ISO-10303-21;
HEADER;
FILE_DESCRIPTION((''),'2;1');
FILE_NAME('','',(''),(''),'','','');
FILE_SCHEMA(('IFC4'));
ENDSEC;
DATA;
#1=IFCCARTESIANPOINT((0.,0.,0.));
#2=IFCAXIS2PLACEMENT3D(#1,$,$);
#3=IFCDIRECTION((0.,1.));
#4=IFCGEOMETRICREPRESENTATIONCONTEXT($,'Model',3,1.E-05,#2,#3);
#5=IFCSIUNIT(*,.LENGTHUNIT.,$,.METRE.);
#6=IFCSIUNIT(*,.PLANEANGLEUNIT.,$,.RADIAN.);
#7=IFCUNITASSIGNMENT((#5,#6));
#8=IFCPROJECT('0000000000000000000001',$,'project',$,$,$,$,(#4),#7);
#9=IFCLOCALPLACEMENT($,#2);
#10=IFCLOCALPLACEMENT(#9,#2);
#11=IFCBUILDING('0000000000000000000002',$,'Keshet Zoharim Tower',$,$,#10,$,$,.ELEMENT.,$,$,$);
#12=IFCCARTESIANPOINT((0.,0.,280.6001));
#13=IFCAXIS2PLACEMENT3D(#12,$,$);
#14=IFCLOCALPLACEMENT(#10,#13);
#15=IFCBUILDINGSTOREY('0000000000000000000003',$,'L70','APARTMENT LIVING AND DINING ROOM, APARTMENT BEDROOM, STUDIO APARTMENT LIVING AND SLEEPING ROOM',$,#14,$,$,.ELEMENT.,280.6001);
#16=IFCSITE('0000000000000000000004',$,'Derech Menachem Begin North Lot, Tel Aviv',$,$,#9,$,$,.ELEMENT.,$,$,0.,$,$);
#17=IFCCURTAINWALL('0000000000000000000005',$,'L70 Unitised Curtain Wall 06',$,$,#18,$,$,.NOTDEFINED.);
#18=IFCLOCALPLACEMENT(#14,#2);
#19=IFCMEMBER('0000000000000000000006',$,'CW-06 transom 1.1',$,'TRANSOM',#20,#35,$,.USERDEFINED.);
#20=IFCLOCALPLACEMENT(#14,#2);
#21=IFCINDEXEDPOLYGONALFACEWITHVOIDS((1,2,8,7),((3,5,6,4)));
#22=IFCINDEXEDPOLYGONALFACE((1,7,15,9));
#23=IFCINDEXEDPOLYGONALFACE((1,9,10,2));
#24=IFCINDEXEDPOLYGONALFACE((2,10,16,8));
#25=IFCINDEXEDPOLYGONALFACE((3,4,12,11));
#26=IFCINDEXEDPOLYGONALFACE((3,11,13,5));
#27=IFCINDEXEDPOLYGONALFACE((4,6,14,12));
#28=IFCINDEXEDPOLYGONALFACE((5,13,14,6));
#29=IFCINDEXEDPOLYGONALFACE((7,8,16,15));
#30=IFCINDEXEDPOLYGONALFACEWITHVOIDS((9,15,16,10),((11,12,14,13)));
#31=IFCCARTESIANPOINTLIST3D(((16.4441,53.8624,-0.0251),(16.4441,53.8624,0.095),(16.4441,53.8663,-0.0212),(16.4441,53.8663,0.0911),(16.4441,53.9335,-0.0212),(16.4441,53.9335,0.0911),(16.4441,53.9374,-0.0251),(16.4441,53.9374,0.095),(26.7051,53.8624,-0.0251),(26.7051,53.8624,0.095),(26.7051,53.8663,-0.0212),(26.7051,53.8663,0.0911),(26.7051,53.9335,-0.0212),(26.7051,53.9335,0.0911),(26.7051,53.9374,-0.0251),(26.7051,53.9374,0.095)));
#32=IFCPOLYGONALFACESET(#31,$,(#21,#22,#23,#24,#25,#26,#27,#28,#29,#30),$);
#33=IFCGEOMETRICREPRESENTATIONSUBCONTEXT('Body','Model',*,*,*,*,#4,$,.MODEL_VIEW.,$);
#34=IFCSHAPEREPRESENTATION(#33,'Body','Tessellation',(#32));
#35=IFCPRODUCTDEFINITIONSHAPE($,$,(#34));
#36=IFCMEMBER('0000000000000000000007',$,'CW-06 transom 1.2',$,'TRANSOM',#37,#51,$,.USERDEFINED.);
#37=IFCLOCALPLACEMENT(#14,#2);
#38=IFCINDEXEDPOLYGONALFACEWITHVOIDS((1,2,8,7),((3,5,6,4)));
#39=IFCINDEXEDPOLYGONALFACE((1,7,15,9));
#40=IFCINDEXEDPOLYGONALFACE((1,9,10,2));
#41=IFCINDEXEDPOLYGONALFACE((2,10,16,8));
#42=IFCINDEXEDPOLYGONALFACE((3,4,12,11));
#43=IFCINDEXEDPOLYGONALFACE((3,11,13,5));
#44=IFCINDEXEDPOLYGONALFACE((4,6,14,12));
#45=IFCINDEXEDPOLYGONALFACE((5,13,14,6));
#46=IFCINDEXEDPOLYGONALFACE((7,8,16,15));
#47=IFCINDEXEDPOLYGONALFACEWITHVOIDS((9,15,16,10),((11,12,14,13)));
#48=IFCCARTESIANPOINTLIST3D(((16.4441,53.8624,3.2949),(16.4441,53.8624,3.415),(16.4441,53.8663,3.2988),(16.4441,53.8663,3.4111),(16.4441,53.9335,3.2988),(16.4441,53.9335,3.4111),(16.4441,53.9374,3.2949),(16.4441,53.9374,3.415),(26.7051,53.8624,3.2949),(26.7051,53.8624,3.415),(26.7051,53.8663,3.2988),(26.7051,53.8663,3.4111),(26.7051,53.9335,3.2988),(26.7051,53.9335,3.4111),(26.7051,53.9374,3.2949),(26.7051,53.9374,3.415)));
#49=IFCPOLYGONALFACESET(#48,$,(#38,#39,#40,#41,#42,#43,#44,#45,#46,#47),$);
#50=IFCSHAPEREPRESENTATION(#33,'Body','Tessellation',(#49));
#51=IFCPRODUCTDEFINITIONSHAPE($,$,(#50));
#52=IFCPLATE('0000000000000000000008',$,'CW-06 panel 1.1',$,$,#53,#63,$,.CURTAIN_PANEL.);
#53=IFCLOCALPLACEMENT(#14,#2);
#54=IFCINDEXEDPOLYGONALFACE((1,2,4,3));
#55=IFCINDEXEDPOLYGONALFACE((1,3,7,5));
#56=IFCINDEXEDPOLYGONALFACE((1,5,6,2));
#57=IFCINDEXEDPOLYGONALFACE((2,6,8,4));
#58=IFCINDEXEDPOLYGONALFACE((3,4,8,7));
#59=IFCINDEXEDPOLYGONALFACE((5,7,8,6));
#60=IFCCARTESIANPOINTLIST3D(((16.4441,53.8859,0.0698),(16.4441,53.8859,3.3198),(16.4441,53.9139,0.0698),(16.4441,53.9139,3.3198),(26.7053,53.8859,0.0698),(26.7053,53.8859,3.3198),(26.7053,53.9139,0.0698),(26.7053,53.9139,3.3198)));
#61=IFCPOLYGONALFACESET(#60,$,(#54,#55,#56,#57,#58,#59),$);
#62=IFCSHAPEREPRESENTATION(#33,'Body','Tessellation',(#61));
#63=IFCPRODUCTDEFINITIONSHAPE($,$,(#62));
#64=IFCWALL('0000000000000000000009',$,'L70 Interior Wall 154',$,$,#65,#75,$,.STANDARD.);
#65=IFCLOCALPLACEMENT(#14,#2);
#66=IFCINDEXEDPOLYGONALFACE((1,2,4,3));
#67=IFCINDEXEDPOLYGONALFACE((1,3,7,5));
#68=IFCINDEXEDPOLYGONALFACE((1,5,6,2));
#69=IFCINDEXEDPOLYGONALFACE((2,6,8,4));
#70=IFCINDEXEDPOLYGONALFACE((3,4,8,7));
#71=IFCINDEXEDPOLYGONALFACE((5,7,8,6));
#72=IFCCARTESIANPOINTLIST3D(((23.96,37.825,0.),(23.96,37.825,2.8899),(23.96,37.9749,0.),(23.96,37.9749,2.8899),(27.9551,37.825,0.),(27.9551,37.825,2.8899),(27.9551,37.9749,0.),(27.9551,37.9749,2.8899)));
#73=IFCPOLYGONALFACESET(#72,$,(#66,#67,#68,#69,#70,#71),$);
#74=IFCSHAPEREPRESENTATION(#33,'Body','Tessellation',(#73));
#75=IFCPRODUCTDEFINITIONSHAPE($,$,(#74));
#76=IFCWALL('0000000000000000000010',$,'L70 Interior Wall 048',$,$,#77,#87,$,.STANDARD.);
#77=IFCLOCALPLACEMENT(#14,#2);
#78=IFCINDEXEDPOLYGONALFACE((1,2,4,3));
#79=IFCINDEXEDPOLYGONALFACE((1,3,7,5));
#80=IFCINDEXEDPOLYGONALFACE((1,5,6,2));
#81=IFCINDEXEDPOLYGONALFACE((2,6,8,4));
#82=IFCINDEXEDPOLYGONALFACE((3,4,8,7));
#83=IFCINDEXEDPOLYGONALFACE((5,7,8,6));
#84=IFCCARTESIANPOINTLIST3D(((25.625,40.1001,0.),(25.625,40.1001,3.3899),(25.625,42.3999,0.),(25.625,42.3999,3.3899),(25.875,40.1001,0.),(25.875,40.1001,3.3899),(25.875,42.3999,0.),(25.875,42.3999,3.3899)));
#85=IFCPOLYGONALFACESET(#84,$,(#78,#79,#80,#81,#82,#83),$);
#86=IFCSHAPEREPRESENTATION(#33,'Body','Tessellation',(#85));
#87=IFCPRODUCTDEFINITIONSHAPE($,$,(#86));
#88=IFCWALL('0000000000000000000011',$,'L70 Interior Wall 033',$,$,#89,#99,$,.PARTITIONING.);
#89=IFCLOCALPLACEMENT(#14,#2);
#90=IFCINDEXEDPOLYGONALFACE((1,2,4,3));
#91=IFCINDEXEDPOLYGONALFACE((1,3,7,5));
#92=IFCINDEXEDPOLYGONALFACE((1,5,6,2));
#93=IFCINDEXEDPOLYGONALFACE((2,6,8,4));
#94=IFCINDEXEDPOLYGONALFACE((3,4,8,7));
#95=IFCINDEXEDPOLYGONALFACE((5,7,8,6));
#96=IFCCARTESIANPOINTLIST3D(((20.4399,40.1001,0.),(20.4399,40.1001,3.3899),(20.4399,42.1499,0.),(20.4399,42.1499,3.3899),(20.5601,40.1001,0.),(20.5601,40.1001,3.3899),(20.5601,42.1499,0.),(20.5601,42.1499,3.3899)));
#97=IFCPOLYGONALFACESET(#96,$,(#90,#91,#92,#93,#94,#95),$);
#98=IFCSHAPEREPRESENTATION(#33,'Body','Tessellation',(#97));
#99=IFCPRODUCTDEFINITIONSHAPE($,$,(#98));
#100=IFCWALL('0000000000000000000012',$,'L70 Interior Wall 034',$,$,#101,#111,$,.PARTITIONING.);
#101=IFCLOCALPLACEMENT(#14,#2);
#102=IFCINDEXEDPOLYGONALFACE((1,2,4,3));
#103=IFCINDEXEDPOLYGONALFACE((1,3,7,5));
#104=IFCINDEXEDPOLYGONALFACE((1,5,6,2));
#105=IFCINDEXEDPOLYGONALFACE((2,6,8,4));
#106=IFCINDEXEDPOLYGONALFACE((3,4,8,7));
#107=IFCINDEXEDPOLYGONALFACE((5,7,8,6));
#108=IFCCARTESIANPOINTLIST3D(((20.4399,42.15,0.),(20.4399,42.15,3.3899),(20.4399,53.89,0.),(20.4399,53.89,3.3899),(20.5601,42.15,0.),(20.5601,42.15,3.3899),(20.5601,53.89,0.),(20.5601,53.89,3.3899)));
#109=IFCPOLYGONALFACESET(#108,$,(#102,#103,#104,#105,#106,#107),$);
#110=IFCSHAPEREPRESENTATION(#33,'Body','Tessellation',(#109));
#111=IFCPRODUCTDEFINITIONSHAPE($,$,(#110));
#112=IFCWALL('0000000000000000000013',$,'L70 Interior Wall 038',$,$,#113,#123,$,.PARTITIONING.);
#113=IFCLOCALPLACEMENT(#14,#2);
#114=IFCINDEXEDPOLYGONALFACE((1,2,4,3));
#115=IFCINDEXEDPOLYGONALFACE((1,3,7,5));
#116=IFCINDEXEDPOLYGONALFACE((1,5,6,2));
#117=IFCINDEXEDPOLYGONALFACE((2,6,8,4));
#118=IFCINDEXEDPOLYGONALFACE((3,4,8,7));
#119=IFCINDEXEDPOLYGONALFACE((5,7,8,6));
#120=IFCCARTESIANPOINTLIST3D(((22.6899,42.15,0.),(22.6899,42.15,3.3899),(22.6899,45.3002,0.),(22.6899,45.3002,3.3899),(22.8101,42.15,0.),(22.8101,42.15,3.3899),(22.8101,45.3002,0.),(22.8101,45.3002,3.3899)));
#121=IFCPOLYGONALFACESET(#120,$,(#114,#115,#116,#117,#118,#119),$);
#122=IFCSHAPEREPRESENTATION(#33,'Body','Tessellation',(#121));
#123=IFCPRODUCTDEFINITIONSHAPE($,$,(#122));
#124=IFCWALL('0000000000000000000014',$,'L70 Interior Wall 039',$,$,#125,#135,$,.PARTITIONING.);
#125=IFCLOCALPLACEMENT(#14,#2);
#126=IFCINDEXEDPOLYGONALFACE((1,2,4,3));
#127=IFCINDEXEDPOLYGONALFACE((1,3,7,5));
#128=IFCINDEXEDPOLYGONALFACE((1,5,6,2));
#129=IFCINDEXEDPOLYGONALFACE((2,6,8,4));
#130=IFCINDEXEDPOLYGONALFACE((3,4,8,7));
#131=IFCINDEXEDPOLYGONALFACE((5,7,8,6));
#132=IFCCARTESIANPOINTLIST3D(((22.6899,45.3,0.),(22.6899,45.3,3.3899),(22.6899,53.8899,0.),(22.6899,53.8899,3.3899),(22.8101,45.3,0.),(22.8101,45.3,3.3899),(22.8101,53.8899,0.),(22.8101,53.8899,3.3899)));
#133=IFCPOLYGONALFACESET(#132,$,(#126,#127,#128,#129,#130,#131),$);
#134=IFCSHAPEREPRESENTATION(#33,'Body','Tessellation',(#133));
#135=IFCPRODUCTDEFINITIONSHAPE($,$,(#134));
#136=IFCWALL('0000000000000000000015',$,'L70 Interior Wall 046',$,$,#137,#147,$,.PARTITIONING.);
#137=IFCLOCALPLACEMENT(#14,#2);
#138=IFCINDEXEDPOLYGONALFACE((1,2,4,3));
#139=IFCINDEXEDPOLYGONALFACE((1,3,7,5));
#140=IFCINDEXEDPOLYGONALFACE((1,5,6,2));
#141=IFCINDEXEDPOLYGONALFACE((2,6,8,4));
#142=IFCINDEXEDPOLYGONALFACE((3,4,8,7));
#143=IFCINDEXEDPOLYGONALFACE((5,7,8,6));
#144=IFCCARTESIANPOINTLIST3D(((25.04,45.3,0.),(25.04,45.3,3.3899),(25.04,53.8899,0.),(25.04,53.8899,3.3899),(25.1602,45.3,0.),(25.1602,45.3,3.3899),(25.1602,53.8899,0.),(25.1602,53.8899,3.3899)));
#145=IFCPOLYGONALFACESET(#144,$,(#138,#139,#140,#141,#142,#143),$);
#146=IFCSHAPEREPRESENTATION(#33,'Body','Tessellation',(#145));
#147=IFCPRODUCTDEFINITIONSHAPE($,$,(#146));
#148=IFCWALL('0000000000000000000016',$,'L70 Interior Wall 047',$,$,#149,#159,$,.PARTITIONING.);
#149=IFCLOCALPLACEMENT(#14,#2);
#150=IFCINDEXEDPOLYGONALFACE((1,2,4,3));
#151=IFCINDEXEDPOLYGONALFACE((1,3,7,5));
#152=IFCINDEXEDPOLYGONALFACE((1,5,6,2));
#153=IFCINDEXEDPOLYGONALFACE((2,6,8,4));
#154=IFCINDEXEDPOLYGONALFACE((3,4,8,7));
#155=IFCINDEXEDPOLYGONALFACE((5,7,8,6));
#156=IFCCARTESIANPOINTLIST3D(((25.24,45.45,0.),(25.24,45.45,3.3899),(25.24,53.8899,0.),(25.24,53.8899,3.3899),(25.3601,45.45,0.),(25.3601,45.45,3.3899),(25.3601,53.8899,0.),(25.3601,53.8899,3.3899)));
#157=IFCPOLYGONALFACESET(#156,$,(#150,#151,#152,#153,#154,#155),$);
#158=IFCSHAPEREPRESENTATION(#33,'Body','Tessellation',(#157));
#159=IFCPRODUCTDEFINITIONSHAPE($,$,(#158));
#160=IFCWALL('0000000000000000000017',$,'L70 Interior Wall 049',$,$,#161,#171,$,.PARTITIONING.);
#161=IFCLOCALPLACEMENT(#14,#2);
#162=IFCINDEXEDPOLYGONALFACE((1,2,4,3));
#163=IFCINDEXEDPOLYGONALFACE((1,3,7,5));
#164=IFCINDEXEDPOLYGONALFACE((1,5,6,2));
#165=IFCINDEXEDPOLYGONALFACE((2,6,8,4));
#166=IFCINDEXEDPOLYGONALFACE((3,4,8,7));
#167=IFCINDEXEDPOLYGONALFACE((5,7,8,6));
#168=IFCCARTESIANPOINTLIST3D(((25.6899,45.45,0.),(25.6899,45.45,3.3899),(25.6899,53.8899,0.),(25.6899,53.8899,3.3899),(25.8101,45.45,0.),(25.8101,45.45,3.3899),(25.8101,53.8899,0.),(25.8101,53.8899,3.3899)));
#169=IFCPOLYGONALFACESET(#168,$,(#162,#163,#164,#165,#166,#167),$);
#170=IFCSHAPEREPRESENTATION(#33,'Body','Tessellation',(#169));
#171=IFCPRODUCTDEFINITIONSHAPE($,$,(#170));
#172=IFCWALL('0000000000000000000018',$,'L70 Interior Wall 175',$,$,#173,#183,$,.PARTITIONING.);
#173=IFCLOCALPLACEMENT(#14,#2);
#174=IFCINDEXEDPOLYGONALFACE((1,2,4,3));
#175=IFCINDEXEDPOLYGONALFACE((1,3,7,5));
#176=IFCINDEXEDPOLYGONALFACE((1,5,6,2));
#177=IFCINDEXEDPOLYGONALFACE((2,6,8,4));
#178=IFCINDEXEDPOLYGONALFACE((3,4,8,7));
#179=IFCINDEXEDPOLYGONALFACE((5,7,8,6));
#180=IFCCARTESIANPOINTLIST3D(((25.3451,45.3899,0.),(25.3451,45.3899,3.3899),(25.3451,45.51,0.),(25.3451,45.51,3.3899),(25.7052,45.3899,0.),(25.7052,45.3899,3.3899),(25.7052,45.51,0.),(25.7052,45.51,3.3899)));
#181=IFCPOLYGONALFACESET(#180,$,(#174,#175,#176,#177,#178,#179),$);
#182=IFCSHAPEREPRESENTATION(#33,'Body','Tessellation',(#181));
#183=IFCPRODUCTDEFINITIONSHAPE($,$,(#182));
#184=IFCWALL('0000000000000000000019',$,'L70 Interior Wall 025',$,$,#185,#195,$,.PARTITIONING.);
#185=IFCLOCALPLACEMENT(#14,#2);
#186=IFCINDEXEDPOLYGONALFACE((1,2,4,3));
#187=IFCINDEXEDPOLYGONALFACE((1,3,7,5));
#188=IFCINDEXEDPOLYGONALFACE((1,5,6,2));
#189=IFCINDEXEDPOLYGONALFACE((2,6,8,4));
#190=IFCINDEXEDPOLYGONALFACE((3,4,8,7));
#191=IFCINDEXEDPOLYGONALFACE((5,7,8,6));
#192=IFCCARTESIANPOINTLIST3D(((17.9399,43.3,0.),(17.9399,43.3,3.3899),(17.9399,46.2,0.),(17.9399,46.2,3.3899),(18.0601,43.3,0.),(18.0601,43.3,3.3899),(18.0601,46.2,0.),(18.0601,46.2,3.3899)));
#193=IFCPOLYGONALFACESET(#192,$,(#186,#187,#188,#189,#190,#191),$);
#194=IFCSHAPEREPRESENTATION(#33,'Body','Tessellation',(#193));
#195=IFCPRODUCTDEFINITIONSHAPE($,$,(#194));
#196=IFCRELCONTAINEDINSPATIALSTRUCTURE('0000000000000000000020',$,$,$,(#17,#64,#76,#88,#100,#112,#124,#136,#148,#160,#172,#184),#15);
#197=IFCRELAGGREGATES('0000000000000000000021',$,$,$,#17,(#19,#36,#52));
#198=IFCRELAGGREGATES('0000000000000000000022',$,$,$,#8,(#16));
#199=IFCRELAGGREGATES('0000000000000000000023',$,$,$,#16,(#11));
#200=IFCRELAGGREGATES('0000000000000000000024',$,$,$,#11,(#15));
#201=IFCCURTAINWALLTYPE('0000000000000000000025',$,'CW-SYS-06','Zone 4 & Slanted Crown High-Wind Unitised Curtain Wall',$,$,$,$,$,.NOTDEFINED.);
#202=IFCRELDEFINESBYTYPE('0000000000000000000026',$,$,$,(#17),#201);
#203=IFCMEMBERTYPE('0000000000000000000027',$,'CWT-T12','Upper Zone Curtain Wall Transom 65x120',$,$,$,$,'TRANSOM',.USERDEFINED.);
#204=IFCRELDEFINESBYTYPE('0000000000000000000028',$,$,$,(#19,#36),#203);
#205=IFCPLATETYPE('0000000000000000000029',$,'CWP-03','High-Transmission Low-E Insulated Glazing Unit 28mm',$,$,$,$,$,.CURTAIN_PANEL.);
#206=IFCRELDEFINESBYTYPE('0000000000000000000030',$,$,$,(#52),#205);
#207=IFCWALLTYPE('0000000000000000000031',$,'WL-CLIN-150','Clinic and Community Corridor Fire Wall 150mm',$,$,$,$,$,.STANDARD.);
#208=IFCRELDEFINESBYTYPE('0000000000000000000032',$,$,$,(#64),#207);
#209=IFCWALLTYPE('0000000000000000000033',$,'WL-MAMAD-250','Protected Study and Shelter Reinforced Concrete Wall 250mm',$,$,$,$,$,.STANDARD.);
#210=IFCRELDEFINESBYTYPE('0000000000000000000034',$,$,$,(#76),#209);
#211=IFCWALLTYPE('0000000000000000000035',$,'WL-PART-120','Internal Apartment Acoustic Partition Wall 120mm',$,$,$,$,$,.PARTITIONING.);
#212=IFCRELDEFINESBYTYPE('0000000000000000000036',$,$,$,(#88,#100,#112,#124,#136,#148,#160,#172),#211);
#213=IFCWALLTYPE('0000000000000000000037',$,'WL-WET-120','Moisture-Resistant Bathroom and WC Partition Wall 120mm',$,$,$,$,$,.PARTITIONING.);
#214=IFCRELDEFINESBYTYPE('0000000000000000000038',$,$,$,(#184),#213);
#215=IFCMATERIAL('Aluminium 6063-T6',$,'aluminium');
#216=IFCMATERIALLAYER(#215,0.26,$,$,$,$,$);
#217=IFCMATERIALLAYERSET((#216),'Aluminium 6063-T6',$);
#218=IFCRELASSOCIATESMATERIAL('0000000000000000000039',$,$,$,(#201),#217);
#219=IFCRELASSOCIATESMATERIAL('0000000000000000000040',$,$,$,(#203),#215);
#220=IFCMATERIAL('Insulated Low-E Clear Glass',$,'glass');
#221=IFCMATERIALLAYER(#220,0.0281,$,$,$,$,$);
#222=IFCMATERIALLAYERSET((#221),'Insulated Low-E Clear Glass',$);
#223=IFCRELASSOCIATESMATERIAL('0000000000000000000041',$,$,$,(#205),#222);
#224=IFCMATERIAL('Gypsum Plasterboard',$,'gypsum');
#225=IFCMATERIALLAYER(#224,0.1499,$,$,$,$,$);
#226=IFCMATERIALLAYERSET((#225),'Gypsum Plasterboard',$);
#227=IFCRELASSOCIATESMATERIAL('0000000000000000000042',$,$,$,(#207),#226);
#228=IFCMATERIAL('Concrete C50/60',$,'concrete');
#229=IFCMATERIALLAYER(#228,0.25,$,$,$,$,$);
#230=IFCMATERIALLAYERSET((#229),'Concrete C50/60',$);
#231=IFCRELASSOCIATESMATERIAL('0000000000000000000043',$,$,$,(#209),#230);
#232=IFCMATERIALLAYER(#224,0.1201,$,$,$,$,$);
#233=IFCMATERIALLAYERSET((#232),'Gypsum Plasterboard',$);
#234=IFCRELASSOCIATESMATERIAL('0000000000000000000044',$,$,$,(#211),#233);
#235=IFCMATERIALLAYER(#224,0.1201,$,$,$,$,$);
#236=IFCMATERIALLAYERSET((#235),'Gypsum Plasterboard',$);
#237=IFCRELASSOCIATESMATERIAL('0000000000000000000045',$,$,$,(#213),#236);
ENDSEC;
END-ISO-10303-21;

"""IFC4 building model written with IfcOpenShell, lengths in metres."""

from ifc_helpers import new_model, si_unit, direction, frame, frame_2d, origin, origin_2d, place, context, subcontext, project, spatial, rectangle, hollow_rectangle, extrude, material, layer, layer_set, material_profile, profile_set, type_object, element, aggregate, save


model = new_model("IFC4")

# Units and contexts
model_context = context("Model", 3, precision=1e-05, world=origin(), true_north=direction((0.0, 1.0)))
body_context = subcontext(model_context, "Body", "Model", "MODEL_VIEW")
ifc_project = project(units=[si_unit("LENGTHUNIT", "METRE"), si_unit("PLANEANGLEUNIT", "RADIAN")], contexts=[model_context])

# Site, building, storey
site_placement = place(None, origin())
site = spatial("IfcSite", under=ifc_project, at=site_placement, Name="Derech Menachem Begin North Lot, Tel Aviv", CompositionType="ELEMENT", RefElevation=0.0)
building_placement = place(site_placement, origin())
building = spatial("IfcBuilding", under=site, at=building_placement, Name="Keshet Zoharim Tower", CompositionType="ELEMENT")
storey_placement = place(building_placement, frame((0.0, 0.0, 280.6001)))
storey = spatial("IfcBuildingStorey", under=building, at=storey_placement, Name="L70", Description="APARTMENT LIVING AND DINING ROOM, APARTMENT BEDROOM, STUDIO APARTMENT LIVING AND SLEEPING ROOM", CompositionType="ELEMENT", Elevation=280.6001)

# Shared definitions
ifc_material_1 = material(Name="Aluminium 6063-T6", Category="aluminium")
ifc_layer_1 = layer(ifc_material_1, 0.26)
ifc_layer_set_1 = layer_set([ifc_layer_1], Name="Aluminium 6063-T6")
curtain_wall_type = type_object("IfcCurtainWallType", Name="CW-SYS-06", Description="Zone 4 & Slanted Crown High-Wind Unitised Curtain Wall", PredefinedType="NOTDEFINED", material=ifc_layer_set_1)

# Curtain wall, members, plate
curtain_wall_1_placement = place(storey_placement, origin())
curtain_wall_1 = element("IfcCurtainWall", 1, at=curtain_wall_1_placement, inside=storey, type_object=curtain_wall_type, Name="L70 Unitised Curtain Wall 06", PredefinedType="NOTDEFINED")
ifc_material_profile_1 = material_profile(ifc_material_1, hollow_rectangle(XDim=0.075, YDim=0.1201, WallThickness=0.0039, at=origin_2d()), Name="TRN-75x120")
ifc_profile_set_1 = profile_set([ifc_material_profile_1], Name="Aluminium 6063-T6")
member_type_1 = type_object("IfcMemberType", Name="CWT-T12", Description="Upper Zone Curtain Wall Transom 65x120", ElementType="TRANSOM", PredefinedType="USERDEFINED", material=ifc_profile_set_1)
member_1_placement = place(storey_placement, frame((16.4441, 53.8999, 0.0349), z_axis=(1.0, 0.0, 0.0), x_axis=(0.0, 1.0, 0.0)))
member_1 = element("IfcMember", 2, at=member_1_placement, type_object=member_type_1, Name="CW-06 transom 1.1", ObjectType="TRANSOM", PredefinedType="USERDEFINED", context=body_context, shape_type="SweptSolid", body=[
    extrude(hollow_rectangle(XDim=0.075, YDim=0.1201, WallThickness=0.0039, at=origin_2d()), origin(), (0.0, 0.0, 1.0), 10.261),
])
member_2_placement = place(storey_placement, frame((16.4441, 53.8999, 3.355), z_axis=(1.0, 0.0, 0.0), x_axis=(0.0, 1.0, 0.0)))
member_2 = element("IfcMember", 3, at=member_2_placement, type_object=member_type_1, Name="CW-06 transom 1.2", ObjectType="TRANSOM", PredefinedType="USERDEFINED", context=body_context, shape_type="SweptSolid", body=[
    extrude(hollow_rectangle(XDim=0.075, YDim=0.1201, WallThickness=0.0039, at=origin_2d()), origin(), (0.0, 0.0, 1.0), 10.261),
])
ifc_material_2 = material(Name="Insulated Low-E Clear Glass", Category="glass")
ifc_layer_2 = layer(ifc_material_2, 0.0281)
ifc_layer_set_2 = layer_set([ifc_layer_2], Name="Insulated Low-E Clear Glass")
plate_type = type_object("IfcPlateType", Name="CWP-03", Description="High-Transmission Low-E Insulated Glazing Unit 28mm", PredefinedType="CURTAIN_PANEL", material=ifc_layer_set_2)
plate_placement = place(storey_placement, frame((21.5747, 53.8999, 0.0698), z_axis=(0.0, 0.0, 1.0), x_axis=(1.0, 0.0, 0.0)))
plate = element("IfcPlate", 4, at=plate_placement, type_object=plate_type, Name="CW-06 panel 1.1", PredefinedType="CURTAIN_PANEL", context=body_context, shape_type="SweptSolid", body=[
    extrude(rectangle(XDim=10.2612, YDim=0.0281, at=origin_2d()), origin(), (0.0, 0.0, 1.0), 3.25),
])
aggregate(curtain_wall_1, [member_1, member_2, plate])

# Wall
ifc_material_3 = material(Name="Gypsum Plasterboard", Category="gypsum")
ifc_layer_3 = layer(ifc_material_3, 0.1499)
ifc_layer_set_3 = layer_set([ifc_layer_3], Name="Gypsum Plasterboard")
wall_type_1 = type_object("IfcWallType", Name="WL-CLIN-150", Description="Clinic and Community Corridor Fire Wall 150mm", PredefinedType="STANDARD", material=ifc_layer_set_3)
wall_1_placement = place(storey_placement, frame((23.96, 37.8999, 0.0), z_axis=(0.0, 0.0, 1.0), x_axis=(1.0, 0.0, 0.0)))
element("IfcWall", 5, at=wall_1_placement, inside=storey, type_object=wall_type_1, Name="L70 Interior Wall 154", PredefinedType="STANDARD", context=body_context, shape_type="SweptSolid", body=[
    extrude(rectangle(XDim=3.9951, YDim=0.1499, at=frame_2d((1.9976, 0.0))), origin(), (0.0, 0.0, 1.0), 2.8899),
])

# Wall
ifc_material_4 = material(Name="Concrete C50/60", Category="concrete")
ifc_layer_4 = layer(ifc_material_4, 0.25)
ifc_layer_set_4 = layer_set([ifc_layer_4], Name="Concrete C50/60")
wall_type_2 = type_object("IfcWallType", Name="WL-MAMAD-250", Description="Protected Study and Shelter Reinforced Concrete Wall 250mm", PredefinedType="STANDARD", material=ifc_layer_set_4)
wall_2_placement = place(storey_placement, frame((25.75, 40.1001, 0.0), z_axis=(0.0, 0.0, 1.0), x_axis=(0.0, 1.0, 0.0)))
element("IfcWall", 6, at=wall_2_placement, inside=storey, type_object=wall_type_2, Name="L70 Interior Wall 048", PredefinedType="STANDARD", context=body_context, shape_type="SweptSolid", body=[
    extrude(rectangle(XDim=2.2998, YDim=0.25, at=frame_2d((1.1499, 0.0))), origin(), (0.0, 0.0, 1.0), 3.3899),
])

# Shared definitions
ifc_layer_5 = layer(ifc_material_3, 0.1201)
ifc_layer_set_5 = layer_set([ifc_layer_5], Name="Gypsum Plasterboard")
wall_type_3 = type_object("IfcWallType", Name="WL-PART-120", Description="Internal Apartment Acoustic Partition Wall 120mm", PredefinedType="PARTITIONING", material=ifc_layer_set_5)

# Walls
wall_3_placement = place(storey_placement, frame((20.5, 40.1001, 0.0), z_axis=(0.0, 0.0, 1.0), x_axis=(0.0, 1.0, 0.0)))
element("IfcWall", 7, at=wall_3_placement, inside=storey, type_object=wall_type_3, Name="L70 Interior Wall 033", PredefinedType="PARTITIONING", context=body_context, shape_type="SweptSolid", body=[
    extrude(rectangle(XDim=2.0498, YDim=0.1201, at=frame_2d((1.0249, 0.0))), origin(), (0.0, 0.0, 1.0), 3.3899),
])
wall_4_placement = place(storey_placement, frame((20.5, 42.1499, 0.0), z_axis=(0.0, 0.0, 1.0), x_axis=(0.0, 1.0, 0.0)))
element("IfcWall", 8, at=wall_4_placement, inside=storey, type_object=wall_type_3, Name="L70 Interior Wall 034", PredefinedType="PARTITIONING", context=body_context, shape_type="SweptSolid", body=[
    extrude(rectangle(XDim=11.74, YDim=0.1201, at=frame_2d((5.8701, 0.0))), origin(), (0.0, 0.0, 1.0), 3.3899),
])
wall_5_placement = place(storey_placement, frame((22.75, 42.1499, 0.0), z_axis=(0.0, 0.0, 1.0), x_axis=(0.0, 1.0, 0.0)))
element("IfcWall", 9, at=wall_5_placement, inside=storey, type_object=wall_type_3, Name="L70 Interior Wall 038", PredefinedType="PARTITIONING", context=body_context, shape_type="SweptSolid", body=[
    extrude(rectangle(XDim=3.1501, YDim=0.1201, at=frame_2d((1.5752, 0.0))), origin(), (0.0, 0.0, 1.0), 3.3899),
])
for number, where, z_axis, x_axis, name in (
    (10, (22.75, 45.3, 0.0), (0.0, 0.0, 1.0), (0.0, 1.0, 0.0), "L70 Interior Wall 039"),
    (11, (25.1001, 45.3, 0.0), (0.0, 0.0, 1.0), (0.0, 1.0, 0.0), "L70 Interior Wall 046"),
):
    element("IfcWall", number, at=place(storey_placement, frame(where, z_axis=z_axis, x_axis=x_axis)), inside=storey, type_object=wall_type_3, Name=name, PredefinedType="PARTITIONING", context=body_context, shape_type="SweptSolid", body=[
        extrude(rectangle(XDim=8.5898, YDim=0.1201, at=frame_2d((4.2949, 0.0))), origin(), (0.0, 0.0, 1.0), 3.3899),
    ])
for number, where, z_axis, x_axis, name in (
    (12, (25.3, 45.45, 0.0), (0.0, 0.0, 1.0), (0.0, 1.0, 0.0), "L70 Interior Wall 047"),
    (13, (25.75, 45.45, 0.0), (0.0, 0.0, 1.0), (0.0, 1.0, 0.0), "L70 Interior Wall 049"),
):
    element("IfcWall", number, at=place(storey_placement, frame(where, z_axis=z_axis, x_axis=x_axis)), inside=storey, type_object=wall_type_3, Name=name, PredefinedType="PARTITIONING", context=body_context, shape_type="SweptSolid", body=[
        extrude(rectangle(XDim=8.4399, YDim=0.1201, at=frame_2d((4.22, 0.0))), origin(), (0.0, 0.0, 1.0), 3.3899),
    ])

# Walls
wall_6_placement = place(storey_placement, frame((25.345, 45.45, 0.0), z_axis=(0.0, 0.0, 1.0), x_axis=(1.0, 0.0, 0.0)))
element("IfcWall", 14, at=wall_6_placement, inside=storey, type_object=wall_type_3, Name="L70 Interior Wall 175", PredefinedType="PARTITIONING", context=body_context, shape_type="SweptSolid", body=[
    extrude(rectangle(XDim=0.3601, YDim=0.1201, at=frame_2d((0.1802, 0.0))), origin(), (0.0, 0.0, 1.0), 3.3899),
])
ifc_layer_6 = layer(ifc_material_3, 0.1201)
ifc_layer_set_6 = layer_set([ifc_layer_6], Name="Gypsum Plasterboard")
wall_type_4 = type_object("IfcWallType", Name="WL-WET-120", Description="Moisture-Resistant Bathroom and WC Partition Wall 120mm", PredefinedType="PARTITIONING", material=ifc_layer_set_6)
wall_7_placement = place(storey_placement, frame((18.0, 43.3, 0.0), z_axis=(0.0, 0.0, 1.0), x_axis=(0.0, 1.0, 0.0)))
element("IfcWall", 15, at=wall_7_placement, inside=storey, type_object=wall_type_4, Name="L70 Interior Wall 025", PredefinedType="PARTITIONING", context=body_context, shape_type="SweptSolid", body=[
    extrude(rectangle(XDim=2.8999, YDim=0.1201, at=frame_2d((1.45, 0.0))), origin(), (0.0, 0.0, 1.0), 3.3899),
])

save(model, "model.ifc")
